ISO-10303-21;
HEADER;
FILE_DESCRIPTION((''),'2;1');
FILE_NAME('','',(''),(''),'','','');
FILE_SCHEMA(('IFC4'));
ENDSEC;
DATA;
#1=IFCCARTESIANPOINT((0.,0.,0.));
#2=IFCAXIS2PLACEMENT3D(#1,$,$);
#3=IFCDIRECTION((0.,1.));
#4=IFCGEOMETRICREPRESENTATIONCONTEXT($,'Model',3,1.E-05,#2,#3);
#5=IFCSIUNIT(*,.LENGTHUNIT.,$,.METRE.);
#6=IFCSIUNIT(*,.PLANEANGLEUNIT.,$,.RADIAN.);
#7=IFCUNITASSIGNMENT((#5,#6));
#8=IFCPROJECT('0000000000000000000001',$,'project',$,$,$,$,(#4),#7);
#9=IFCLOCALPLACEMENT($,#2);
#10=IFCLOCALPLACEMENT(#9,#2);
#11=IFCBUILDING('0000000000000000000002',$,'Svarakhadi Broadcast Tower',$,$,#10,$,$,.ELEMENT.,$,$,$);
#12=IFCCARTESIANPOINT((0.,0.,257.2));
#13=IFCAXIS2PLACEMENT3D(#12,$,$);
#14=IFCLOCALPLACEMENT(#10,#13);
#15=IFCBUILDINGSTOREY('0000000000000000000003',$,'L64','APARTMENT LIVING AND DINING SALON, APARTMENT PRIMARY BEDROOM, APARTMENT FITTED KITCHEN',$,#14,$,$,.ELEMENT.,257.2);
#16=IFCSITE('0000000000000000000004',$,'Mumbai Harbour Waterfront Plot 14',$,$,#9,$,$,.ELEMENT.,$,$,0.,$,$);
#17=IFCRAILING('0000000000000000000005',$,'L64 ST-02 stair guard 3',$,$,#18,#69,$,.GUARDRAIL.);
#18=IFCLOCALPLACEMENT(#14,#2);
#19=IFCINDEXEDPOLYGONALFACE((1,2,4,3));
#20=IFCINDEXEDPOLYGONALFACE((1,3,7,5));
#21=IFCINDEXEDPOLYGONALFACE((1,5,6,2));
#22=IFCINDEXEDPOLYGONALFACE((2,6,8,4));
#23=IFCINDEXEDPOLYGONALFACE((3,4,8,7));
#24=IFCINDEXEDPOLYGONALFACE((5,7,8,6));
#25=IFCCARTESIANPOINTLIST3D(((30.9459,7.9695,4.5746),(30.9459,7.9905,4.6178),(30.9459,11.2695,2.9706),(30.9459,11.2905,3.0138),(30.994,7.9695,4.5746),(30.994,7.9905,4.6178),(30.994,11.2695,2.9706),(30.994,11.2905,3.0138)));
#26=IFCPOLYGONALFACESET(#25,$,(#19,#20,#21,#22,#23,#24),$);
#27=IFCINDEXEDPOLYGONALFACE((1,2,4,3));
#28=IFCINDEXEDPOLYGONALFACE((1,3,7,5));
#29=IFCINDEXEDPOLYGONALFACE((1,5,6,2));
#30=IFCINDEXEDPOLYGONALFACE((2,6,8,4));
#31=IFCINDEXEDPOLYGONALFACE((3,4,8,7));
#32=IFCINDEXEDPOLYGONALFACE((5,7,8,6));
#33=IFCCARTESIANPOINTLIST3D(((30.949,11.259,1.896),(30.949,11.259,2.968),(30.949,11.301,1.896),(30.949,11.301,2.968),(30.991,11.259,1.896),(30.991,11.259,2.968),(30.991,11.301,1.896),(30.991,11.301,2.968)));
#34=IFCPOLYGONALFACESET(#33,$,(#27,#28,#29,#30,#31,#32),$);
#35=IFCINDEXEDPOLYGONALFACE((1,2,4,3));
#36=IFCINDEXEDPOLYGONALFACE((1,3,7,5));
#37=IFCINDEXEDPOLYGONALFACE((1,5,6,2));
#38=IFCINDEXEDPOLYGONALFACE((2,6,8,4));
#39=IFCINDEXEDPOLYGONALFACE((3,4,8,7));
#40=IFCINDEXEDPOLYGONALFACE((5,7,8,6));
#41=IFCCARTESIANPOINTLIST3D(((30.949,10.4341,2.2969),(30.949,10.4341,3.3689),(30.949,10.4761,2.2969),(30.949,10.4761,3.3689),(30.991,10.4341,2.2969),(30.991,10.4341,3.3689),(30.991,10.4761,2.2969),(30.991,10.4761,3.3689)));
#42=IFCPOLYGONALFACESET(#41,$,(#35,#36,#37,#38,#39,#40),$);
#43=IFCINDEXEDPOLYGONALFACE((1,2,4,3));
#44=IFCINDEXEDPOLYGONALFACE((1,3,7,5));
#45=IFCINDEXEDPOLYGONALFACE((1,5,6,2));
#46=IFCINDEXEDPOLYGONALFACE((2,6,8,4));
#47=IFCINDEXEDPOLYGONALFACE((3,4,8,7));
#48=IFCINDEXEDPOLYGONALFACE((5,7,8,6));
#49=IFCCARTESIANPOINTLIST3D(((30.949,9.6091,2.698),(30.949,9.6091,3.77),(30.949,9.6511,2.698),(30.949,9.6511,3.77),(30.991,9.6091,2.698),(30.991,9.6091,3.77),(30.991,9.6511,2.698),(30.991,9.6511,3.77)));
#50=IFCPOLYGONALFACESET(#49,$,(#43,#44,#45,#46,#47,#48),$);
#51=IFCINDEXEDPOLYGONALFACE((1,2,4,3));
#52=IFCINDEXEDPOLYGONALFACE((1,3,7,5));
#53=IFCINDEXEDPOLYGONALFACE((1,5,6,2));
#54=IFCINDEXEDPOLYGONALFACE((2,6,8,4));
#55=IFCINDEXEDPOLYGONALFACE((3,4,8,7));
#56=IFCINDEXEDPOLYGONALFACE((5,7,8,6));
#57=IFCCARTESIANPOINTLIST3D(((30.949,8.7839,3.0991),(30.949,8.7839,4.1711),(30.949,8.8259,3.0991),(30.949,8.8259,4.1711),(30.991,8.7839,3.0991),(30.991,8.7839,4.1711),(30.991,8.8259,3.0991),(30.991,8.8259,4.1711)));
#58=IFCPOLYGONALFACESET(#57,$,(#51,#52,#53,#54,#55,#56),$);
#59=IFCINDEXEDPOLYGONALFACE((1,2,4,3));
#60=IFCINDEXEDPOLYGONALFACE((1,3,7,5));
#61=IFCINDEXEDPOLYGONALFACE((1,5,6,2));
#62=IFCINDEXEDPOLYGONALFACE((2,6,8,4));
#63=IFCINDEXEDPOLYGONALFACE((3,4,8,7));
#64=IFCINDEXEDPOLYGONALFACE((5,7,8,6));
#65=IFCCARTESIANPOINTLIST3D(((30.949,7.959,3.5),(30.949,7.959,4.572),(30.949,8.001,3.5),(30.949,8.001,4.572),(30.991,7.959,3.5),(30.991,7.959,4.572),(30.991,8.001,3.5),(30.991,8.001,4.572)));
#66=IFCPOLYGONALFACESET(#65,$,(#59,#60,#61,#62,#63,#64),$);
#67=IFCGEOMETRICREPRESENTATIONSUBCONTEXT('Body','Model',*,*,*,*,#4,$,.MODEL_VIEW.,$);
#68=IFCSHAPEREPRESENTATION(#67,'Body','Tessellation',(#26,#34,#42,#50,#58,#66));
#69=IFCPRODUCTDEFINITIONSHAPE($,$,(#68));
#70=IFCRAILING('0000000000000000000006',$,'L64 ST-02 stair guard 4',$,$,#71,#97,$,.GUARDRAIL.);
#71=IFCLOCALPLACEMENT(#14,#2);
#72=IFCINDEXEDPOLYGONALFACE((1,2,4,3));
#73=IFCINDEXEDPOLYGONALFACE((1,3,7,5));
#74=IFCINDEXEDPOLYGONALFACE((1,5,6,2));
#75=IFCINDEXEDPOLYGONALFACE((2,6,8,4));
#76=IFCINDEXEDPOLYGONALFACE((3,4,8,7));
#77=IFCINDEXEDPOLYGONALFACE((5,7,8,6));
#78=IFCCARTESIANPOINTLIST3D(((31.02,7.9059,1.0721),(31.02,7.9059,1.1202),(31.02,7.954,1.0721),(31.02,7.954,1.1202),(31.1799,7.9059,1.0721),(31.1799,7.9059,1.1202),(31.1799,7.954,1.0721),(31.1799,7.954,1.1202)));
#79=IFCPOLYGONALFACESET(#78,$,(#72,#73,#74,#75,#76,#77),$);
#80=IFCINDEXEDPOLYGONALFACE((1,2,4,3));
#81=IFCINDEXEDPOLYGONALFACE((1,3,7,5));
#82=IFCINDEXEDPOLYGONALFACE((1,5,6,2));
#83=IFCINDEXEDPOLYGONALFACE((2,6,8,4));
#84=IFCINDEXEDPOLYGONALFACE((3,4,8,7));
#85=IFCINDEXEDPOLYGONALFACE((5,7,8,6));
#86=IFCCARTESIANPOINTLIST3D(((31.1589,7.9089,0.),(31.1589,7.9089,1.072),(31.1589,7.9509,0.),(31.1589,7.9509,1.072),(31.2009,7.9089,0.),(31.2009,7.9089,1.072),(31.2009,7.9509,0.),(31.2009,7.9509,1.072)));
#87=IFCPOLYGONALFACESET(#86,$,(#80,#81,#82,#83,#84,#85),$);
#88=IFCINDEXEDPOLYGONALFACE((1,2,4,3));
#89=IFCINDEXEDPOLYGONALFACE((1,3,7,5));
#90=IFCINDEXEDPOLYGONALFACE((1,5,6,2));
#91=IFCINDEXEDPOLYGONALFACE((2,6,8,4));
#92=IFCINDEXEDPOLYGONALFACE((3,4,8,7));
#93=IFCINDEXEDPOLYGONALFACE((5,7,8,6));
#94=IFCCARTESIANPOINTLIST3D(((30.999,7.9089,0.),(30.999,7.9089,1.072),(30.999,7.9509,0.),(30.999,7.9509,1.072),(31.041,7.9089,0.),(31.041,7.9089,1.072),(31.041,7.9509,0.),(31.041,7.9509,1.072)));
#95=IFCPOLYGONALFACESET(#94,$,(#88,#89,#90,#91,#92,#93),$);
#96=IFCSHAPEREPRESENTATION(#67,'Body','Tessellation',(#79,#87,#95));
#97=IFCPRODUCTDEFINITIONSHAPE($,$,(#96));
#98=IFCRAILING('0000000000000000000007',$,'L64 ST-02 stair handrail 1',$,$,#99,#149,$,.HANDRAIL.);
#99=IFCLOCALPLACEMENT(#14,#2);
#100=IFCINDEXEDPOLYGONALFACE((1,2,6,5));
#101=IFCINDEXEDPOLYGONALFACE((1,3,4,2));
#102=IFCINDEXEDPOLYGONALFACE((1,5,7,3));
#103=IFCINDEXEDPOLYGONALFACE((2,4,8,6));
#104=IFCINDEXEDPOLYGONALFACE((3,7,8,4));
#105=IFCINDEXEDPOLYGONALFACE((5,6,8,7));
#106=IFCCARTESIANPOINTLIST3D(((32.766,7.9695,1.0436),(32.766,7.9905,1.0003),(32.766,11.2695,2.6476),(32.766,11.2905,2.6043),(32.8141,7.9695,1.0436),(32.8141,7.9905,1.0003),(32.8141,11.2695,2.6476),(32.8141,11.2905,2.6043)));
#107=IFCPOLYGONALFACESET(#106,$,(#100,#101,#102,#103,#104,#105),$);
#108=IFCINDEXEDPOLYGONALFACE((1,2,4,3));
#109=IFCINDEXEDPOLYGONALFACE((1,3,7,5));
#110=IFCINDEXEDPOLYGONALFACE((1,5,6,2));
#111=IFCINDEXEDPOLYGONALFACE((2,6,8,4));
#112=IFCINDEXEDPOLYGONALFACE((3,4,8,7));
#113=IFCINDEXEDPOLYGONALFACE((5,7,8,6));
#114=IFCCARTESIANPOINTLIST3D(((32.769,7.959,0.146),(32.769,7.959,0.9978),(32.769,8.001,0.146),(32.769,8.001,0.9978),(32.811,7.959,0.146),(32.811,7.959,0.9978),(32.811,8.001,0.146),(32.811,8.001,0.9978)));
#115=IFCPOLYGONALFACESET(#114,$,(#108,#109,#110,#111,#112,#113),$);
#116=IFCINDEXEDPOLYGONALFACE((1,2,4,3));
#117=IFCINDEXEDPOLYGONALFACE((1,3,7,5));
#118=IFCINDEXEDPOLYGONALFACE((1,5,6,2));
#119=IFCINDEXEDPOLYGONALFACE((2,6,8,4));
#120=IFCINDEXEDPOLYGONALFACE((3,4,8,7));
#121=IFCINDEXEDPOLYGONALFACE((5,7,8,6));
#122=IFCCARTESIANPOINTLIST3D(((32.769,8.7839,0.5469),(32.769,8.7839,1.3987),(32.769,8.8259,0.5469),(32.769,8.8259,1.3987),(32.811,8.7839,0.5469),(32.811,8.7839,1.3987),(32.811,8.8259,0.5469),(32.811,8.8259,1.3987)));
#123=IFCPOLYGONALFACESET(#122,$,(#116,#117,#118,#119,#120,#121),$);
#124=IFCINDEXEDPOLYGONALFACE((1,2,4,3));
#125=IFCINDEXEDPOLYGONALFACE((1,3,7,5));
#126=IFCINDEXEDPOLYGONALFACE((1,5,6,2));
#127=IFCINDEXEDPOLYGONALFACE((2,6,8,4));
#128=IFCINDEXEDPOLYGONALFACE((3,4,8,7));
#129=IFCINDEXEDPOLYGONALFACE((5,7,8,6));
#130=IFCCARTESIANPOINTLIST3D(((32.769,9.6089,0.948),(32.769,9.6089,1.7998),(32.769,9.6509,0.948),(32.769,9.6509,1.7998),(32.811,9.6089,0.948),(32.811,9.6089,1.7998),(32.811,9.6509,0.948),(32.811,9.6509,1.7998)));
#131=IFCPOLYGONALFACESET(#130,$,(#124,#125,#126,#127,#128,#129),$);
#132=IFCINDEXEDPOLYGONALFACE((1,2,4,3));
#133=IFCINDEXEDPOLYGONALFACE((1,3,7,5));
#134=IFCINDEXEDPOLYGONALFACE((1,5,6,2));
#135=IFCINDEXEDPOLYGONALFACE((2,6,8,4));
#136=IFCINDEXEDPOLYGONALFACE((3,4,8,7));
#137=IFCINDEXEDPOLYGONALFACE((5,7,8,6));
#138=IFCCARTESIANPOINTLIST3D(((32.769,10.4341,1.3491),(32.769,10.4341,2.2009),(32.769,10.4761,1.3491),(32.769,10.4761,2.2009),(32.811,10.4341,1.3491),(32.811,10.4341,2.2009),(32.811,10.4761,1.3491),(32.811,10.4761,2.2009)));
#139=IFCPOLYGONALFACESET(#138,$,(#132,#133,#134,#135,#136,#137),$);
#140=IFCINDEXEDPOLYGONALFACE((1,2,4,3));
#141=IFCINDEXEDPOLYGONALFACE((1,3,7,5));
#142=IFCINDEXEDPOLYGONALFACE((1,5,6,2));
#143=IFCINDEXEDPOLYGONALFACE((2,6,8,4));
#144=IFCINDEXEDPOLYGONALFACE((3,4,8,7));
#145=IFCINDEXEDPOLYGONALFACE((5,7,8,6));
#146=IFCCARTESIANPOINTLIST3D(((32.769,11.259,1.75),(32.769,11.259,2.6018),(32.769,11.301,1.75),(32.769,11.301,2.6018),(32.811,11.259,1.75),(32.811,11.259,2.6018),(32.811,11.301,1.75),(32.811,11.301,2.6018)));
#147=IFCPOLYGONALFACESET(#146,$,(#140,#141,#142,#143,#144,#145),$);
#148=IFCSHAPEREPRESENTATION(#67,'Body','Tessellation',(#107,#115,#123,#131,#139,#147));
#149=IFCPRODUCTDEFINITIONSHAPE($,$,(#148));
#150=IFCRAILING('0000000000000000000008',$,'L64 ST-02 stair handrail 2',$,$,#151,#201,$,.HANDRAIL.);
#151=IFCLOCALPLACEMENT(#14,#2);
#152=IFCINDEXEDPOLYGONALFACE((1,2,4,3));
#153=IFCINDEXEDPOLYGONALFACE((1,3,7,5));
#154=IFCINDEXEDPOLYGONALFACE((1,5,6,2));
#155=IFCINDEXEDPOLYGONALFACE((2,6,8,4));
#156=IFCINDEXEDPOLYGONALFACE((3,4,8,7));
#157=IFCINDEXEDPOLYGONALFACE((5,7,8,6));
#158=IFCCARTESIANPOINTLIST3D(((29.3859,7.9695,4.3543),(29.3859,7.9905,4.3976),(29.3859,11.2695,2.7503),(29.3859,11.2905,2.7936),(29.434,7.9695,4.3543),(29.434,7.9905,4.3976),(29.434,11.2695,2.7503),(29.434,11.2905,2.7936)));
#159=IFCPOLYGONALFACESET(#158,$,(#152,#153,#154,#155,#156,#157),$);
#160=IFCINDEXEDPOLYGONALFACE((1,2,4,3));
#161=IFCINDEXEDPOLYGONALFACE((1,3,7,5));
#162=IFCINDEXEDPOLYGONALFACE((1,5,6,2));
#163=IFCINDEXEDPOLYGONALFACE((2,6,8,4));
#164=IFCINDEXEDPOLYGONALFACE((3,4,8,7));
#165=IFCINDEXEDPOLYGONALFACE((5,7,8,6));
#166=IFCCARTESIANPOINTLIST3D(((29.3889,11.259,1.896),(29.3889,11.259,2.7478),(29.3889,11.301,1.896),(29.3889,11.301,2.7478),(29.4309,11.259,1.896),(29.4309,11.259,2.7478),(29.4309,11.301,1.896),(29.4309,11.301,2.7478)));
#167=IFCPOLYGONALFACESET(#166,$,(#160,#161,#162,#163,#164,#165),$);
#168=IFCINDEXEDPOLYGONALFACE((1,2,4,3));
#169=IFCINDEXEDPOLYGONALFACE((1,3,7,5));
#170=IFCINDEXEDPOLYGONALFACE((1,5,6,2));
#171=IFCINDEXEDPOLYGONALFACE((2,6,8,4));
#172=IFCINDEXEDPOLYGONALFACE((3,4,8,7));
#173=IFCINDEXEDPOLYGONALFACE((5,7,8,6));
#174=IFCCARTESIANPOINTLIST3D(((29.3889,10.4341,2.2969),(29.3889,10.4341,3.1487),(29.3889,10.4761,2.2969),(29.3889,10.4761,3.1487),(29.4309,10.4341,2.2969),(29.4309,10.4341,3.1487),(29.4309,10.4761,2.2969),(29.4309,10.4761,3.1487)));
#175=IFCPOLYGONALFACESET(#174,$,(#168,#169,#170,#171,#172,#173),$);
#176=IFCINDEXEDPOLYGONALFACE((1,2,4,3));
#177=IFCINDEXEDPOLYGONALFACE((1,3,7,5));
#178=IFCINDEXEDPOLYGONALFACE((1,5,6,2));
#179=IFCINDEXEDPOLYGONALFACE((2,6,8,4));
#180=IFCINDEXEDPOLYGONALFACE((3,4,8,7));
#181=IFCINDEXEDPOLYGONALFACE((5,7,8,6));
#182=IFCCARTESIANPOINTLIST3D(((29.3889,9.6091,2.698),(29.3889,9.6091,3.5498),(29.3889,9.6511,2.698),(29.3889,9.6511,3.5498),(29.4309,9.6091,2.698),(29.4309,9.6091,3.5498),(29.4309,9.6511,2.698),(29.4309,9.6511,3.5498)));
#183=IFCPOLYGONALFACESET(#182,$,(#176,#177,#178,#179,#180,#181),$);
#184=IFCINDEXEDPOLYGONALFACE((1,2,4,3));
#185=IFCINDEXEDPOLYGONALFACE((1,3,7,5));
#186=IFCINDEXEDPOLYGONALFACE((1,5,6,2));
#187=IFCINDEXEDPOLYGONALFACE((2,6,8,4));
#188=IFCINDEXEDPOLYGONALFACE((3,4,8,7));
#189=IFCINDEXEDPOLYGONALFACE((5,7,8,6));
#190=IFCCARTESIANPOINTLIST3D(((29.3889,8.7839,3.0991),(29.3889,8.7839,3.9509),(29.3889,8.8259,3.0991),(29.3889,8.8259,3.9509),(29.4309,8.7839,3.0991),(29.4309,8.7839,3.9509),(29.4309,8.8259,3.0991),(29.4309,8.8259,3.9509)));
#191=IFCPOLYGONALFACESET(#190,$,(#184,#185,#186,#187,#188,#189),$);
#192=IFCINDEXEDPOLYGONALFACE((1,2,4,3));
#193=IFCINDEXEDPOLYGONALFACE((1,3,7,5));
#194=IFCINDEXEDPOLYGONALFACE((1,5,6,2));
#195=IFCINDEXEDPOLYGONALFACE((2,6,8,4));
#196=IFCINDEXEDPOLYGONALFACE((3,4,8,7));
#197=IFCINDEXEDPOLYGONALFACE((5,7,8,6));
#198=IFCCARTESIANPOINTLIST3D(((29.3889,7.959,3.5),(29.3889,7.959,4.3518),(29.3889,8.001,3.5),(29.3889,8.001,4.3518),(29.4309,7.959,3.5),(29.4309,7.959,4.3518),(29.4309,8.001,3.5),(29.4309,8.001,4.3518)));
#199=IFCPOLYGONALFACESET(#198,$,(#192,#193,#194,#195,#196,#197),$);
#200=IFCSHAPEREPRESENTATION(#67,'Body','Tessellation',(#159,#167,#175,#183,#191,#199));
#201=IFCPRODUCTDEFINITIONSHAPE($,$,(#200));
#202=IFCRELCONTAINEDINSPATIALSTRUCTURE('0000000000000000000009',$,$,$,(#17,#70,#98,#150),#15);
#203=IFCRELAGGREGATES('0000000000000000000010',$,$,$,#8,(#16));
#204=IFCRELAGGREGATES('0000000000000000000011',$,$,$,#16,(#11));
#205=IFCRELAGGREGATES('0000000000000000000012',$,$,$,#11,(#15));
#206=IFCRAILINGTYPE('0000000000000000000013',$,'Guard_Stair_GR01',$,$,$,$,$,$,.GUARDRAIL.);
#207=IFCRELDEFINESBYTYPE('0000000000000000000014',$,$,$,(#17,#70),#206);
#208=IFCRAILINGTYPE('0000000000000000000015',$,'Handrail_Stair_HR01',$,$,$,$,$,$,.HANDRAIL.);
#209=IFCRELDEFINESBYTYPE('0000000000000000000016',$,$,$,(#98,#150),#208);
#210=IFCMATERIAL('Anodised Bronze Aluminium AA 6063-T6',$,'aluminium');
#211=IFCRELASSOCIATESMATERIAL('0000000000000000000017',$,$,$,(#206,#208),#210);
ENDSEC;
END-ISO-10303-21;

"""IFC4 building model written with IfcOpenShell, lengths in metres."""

from ifc_helpers import new_model, si_unit, direction, frame, origin, origin_2d, place, context, subcontext, project, spatial, rectangle, extrude, material, type_object, element, save


model = new_model("IFC4")

# Units and contexts
model_context = context("Model", 3, precision=1e-05, world=origin(), true_north=direction((0.0, 1.0)))
body_context = subcontext(model_context, "Body", "Model", "MODEL_VIEW")
ifc_project = project(units=[si_unit("LENGTHUNIT", "METRE"), si_unit("PLANEANGLEUNIT", "RADIAN")], contexts=[model_context])

# Site, building, storey
site_placement = place(None, origin())
site = spatial("IfcSite", under=ifc_project, at=site_placement, Name="Mumbai Harbour Waterfront Plot 14", CompositionType="ELEMENT", RefElevation=0.0)
building_placement = place(site_placement, origin())
building = spatial("IfcBuilding", under=site, at=building_placement, Name="Svarakhadi Broadcast Tower", CompositionType="ELEMENT")
storey_placement = place(building_placement, frame((0.0, 0.0, 257.2)))
storey = spatial("IfcBuildingStorey", under=building, at=storey_placement, Name="L64", Description="APARTMENT LIVING AND DINING SALON, APARTMENT PRIMARY BEDROOM, APARTMENT FITTED KITCHEN", CompositionType="ELEMENT", Elevation=257.2)

# Shared definitions
ifc_material_1 = material(Name="Anodised Bronze Aluminium AA 6063-T6", Category="aluminium")

# Railings
railing_type_1 = type_object("IfcRailingType", Name="Guard_Stair_GR01", PredefinedType="GUARDRAIL", material=ifc_material_1)
railing_1_placement = place(storey_placement, frame((30.97, 11.28, 1.896)))
element("IfcRailing", 1, at=railing_1_placement, inside=storey, type_object=railing_type_1, Name="L64 ST-02 stair guard 3", PredefinedType="GUARDRAIL", context=body_context, shape_type="SweptSolid", body=[
    extrude(rectangle(XDim=0.0481, YDim=0.0481, at=origin_2d()), frame((0.0, 0.0, 1.0962), z_axis=(0.0, -0.899388, 0.437152), x_axis=(1.0, 0.0, 0.0)), (0.0, 0.0, 1.0), 3.6692),
    extrude(rectangle(XDim=0.042, YDim=0.042, at=origin_2d()), origin(), (0.0, 0.0, 1.0), 1.072),
    extrude(rectangle(XDim=0.042, YDim=0.042, at=origin_2d()), frame((0.0, -0.825, 0.4009)), (0.0, 0.0, 1.0), 1.072),
    extrude(rectangle(XDim=0.042, YDim=0.042, at=origin_2d()), frame((0.0, -1.6499, 0.802)), (0.0, 0.0, 1.0), 1.072),
    extrude(rectangle(XDim=0.042, YDim=0.042, at=origin_2d()), frame((0.0, -2.4751, 1.2031)), (0.0, 0.0, 1.0), 1.072),
    extrude(rectangle(XDim=0.042, YDim=0.042, at=origin_2d()), frame((0.0, -3.3, 1.604)), (0.0, 0.0, 1.0), 1.072),
])
railing_2_placement = place(storey_placement, frame((31.1799, 7.9299, 0.0)))
element("IfcRailing", 2, at=railing_2_placement, inside=storey, type_object=railing_type_1, Name="L64 ST-02 stair guard 4", PredefinedType="GUARDRAIL", context=body_context, shape_type="SweptSolid", body=[
    extrude(rectangle(XDim=0.0481, YDim=0.0481, at=origin_2d()), frame((0.0, 0.0, 1.0962), z_axis=(-1.0, 0.0, 0.0), x_axis=(0.0, -1.0, 0.0)), (0.0, 0.0, 1.0), 0.1599),
    extrude(rectangle(XDim=0.042, YDim=0.042, at=origin_2d()), origin(), (0.0, 0.0, 1.0), 1.072),
    extrude(rectangle(XDim=0.042, YDim=0.042, at=origin_2d()), frame((-0.1599, 0.0, 0.0)), (0.0, 0.0, 1.0), 1.072),
])
railing_type_2 = type_object("IfcRailingType", Name="Handrail_Stair_HR01", PredefinedType="HANDRAIL", material=ifc_material_1)
railing_3_placement = place(storey_placement, frame((32.79, 7.98, 0.146)))
element("IfcRailing", 3, at=railing_3_placement, inside=storey, type_object=railing_type_2, Name="L64 ST-02 stair handrail 1", PredefinedType="HANDRAIL", context=body_context, shape_type="SweptSolid", body=[
    extrude(rectangle(XDim=0.0481, YDim=0.0481, at=origin_2d()), frame((0.0, 0.0, 0.876), z_axis=(0.0, 0.899388, 0.437152), x_axis=(-1.0, 0.0, 0.0)), (0.0, 0.0, 1.0), 3.6692),
    extrude(rectangle(XDim=0.042, YDim=0.042, at=origin_2d()), origin(), (0.0, 0.0, 1.0), 0.8518),
    extrude(rectangle(XDim=0.042, YDim=0.042, at=origin_2d()), frame((0.0, 0.825, 0.4009)), (0.0, 0.0, 1.0), 0.8518),
    extrude(rectangle(XDim=0.042, YDim=0.042, at=origin_2d()), frame((0.0, 1.6499, 0.802)), (0.0, 0.0, 1.0), 0.8518),
    extrude(rectangle(XDim=0.042, YDim=0.042, at=origin_2d()), frame((0.0, 2.4751, 1.2031)), (0.0, 0.0, 1.0), 0.8518),
    extrude(rectangle(XDim=0.042, YDim=0.042, at=origin_2d()), frame((0.0, 3.3, 1.604)), (0.0, 0.0, 1.0), 0.8518),
])
railing_4_placement = place(storey_placement, frame((29.4099, 11.28, 1.896)))
element("IfcRailing", 4, at=railing_4_placement, inside=storey, type_object=railing_type_2, Name="L64 ST-02 stair handrail 2", PredefinedType="HANDRAIL", context=body_context, shape_type="SweptSolid", body=[
    extrude(rectangle(XDim=0.0481, YDim=0.0481, at=origin_2d()), frame((0.0, 0.0, 0.876), z_axis=(0.0, -0.899388, 0.437152), x_axis=(1.0, 0.0, 0.0)), (0.0, 0.0, 1.0), 3.6692),
    extrude(rectangle(XDim=0.042, YDim=0.042, at=origin_2d()), origin(), (0.0, 0.0, 1.0), 0.8518),
    extrude(rectangle(XDim=0.042, YDim=0.042, at=origin_2d()), frame((0.0, -0.825, 0.4009)), (0.0, 0.0, 1.0), 0.8518),
    extrude(rectangle(XDim=0.042, YDim=0.042, at=origin_2d()), frame((0.0, -1.6499, 0.802)), (0.0, 0.0, 1.0), 0.8518),
    extrude(rectangle(XDim=0.042, YDim=0.042, at=origin_2d()), frame((0.0, -2.4751, 1.2031)), (0.0, 0.0, 1.0), 0.8518),
    extrude(rectangle(XDim=0.042, YDim=0.042, at=origin_2d()), frame((0.0, -3.3, 1.604)), (0.0, 0.0, 1.0), 0.8518),
])

save(model, "model.ifc")
